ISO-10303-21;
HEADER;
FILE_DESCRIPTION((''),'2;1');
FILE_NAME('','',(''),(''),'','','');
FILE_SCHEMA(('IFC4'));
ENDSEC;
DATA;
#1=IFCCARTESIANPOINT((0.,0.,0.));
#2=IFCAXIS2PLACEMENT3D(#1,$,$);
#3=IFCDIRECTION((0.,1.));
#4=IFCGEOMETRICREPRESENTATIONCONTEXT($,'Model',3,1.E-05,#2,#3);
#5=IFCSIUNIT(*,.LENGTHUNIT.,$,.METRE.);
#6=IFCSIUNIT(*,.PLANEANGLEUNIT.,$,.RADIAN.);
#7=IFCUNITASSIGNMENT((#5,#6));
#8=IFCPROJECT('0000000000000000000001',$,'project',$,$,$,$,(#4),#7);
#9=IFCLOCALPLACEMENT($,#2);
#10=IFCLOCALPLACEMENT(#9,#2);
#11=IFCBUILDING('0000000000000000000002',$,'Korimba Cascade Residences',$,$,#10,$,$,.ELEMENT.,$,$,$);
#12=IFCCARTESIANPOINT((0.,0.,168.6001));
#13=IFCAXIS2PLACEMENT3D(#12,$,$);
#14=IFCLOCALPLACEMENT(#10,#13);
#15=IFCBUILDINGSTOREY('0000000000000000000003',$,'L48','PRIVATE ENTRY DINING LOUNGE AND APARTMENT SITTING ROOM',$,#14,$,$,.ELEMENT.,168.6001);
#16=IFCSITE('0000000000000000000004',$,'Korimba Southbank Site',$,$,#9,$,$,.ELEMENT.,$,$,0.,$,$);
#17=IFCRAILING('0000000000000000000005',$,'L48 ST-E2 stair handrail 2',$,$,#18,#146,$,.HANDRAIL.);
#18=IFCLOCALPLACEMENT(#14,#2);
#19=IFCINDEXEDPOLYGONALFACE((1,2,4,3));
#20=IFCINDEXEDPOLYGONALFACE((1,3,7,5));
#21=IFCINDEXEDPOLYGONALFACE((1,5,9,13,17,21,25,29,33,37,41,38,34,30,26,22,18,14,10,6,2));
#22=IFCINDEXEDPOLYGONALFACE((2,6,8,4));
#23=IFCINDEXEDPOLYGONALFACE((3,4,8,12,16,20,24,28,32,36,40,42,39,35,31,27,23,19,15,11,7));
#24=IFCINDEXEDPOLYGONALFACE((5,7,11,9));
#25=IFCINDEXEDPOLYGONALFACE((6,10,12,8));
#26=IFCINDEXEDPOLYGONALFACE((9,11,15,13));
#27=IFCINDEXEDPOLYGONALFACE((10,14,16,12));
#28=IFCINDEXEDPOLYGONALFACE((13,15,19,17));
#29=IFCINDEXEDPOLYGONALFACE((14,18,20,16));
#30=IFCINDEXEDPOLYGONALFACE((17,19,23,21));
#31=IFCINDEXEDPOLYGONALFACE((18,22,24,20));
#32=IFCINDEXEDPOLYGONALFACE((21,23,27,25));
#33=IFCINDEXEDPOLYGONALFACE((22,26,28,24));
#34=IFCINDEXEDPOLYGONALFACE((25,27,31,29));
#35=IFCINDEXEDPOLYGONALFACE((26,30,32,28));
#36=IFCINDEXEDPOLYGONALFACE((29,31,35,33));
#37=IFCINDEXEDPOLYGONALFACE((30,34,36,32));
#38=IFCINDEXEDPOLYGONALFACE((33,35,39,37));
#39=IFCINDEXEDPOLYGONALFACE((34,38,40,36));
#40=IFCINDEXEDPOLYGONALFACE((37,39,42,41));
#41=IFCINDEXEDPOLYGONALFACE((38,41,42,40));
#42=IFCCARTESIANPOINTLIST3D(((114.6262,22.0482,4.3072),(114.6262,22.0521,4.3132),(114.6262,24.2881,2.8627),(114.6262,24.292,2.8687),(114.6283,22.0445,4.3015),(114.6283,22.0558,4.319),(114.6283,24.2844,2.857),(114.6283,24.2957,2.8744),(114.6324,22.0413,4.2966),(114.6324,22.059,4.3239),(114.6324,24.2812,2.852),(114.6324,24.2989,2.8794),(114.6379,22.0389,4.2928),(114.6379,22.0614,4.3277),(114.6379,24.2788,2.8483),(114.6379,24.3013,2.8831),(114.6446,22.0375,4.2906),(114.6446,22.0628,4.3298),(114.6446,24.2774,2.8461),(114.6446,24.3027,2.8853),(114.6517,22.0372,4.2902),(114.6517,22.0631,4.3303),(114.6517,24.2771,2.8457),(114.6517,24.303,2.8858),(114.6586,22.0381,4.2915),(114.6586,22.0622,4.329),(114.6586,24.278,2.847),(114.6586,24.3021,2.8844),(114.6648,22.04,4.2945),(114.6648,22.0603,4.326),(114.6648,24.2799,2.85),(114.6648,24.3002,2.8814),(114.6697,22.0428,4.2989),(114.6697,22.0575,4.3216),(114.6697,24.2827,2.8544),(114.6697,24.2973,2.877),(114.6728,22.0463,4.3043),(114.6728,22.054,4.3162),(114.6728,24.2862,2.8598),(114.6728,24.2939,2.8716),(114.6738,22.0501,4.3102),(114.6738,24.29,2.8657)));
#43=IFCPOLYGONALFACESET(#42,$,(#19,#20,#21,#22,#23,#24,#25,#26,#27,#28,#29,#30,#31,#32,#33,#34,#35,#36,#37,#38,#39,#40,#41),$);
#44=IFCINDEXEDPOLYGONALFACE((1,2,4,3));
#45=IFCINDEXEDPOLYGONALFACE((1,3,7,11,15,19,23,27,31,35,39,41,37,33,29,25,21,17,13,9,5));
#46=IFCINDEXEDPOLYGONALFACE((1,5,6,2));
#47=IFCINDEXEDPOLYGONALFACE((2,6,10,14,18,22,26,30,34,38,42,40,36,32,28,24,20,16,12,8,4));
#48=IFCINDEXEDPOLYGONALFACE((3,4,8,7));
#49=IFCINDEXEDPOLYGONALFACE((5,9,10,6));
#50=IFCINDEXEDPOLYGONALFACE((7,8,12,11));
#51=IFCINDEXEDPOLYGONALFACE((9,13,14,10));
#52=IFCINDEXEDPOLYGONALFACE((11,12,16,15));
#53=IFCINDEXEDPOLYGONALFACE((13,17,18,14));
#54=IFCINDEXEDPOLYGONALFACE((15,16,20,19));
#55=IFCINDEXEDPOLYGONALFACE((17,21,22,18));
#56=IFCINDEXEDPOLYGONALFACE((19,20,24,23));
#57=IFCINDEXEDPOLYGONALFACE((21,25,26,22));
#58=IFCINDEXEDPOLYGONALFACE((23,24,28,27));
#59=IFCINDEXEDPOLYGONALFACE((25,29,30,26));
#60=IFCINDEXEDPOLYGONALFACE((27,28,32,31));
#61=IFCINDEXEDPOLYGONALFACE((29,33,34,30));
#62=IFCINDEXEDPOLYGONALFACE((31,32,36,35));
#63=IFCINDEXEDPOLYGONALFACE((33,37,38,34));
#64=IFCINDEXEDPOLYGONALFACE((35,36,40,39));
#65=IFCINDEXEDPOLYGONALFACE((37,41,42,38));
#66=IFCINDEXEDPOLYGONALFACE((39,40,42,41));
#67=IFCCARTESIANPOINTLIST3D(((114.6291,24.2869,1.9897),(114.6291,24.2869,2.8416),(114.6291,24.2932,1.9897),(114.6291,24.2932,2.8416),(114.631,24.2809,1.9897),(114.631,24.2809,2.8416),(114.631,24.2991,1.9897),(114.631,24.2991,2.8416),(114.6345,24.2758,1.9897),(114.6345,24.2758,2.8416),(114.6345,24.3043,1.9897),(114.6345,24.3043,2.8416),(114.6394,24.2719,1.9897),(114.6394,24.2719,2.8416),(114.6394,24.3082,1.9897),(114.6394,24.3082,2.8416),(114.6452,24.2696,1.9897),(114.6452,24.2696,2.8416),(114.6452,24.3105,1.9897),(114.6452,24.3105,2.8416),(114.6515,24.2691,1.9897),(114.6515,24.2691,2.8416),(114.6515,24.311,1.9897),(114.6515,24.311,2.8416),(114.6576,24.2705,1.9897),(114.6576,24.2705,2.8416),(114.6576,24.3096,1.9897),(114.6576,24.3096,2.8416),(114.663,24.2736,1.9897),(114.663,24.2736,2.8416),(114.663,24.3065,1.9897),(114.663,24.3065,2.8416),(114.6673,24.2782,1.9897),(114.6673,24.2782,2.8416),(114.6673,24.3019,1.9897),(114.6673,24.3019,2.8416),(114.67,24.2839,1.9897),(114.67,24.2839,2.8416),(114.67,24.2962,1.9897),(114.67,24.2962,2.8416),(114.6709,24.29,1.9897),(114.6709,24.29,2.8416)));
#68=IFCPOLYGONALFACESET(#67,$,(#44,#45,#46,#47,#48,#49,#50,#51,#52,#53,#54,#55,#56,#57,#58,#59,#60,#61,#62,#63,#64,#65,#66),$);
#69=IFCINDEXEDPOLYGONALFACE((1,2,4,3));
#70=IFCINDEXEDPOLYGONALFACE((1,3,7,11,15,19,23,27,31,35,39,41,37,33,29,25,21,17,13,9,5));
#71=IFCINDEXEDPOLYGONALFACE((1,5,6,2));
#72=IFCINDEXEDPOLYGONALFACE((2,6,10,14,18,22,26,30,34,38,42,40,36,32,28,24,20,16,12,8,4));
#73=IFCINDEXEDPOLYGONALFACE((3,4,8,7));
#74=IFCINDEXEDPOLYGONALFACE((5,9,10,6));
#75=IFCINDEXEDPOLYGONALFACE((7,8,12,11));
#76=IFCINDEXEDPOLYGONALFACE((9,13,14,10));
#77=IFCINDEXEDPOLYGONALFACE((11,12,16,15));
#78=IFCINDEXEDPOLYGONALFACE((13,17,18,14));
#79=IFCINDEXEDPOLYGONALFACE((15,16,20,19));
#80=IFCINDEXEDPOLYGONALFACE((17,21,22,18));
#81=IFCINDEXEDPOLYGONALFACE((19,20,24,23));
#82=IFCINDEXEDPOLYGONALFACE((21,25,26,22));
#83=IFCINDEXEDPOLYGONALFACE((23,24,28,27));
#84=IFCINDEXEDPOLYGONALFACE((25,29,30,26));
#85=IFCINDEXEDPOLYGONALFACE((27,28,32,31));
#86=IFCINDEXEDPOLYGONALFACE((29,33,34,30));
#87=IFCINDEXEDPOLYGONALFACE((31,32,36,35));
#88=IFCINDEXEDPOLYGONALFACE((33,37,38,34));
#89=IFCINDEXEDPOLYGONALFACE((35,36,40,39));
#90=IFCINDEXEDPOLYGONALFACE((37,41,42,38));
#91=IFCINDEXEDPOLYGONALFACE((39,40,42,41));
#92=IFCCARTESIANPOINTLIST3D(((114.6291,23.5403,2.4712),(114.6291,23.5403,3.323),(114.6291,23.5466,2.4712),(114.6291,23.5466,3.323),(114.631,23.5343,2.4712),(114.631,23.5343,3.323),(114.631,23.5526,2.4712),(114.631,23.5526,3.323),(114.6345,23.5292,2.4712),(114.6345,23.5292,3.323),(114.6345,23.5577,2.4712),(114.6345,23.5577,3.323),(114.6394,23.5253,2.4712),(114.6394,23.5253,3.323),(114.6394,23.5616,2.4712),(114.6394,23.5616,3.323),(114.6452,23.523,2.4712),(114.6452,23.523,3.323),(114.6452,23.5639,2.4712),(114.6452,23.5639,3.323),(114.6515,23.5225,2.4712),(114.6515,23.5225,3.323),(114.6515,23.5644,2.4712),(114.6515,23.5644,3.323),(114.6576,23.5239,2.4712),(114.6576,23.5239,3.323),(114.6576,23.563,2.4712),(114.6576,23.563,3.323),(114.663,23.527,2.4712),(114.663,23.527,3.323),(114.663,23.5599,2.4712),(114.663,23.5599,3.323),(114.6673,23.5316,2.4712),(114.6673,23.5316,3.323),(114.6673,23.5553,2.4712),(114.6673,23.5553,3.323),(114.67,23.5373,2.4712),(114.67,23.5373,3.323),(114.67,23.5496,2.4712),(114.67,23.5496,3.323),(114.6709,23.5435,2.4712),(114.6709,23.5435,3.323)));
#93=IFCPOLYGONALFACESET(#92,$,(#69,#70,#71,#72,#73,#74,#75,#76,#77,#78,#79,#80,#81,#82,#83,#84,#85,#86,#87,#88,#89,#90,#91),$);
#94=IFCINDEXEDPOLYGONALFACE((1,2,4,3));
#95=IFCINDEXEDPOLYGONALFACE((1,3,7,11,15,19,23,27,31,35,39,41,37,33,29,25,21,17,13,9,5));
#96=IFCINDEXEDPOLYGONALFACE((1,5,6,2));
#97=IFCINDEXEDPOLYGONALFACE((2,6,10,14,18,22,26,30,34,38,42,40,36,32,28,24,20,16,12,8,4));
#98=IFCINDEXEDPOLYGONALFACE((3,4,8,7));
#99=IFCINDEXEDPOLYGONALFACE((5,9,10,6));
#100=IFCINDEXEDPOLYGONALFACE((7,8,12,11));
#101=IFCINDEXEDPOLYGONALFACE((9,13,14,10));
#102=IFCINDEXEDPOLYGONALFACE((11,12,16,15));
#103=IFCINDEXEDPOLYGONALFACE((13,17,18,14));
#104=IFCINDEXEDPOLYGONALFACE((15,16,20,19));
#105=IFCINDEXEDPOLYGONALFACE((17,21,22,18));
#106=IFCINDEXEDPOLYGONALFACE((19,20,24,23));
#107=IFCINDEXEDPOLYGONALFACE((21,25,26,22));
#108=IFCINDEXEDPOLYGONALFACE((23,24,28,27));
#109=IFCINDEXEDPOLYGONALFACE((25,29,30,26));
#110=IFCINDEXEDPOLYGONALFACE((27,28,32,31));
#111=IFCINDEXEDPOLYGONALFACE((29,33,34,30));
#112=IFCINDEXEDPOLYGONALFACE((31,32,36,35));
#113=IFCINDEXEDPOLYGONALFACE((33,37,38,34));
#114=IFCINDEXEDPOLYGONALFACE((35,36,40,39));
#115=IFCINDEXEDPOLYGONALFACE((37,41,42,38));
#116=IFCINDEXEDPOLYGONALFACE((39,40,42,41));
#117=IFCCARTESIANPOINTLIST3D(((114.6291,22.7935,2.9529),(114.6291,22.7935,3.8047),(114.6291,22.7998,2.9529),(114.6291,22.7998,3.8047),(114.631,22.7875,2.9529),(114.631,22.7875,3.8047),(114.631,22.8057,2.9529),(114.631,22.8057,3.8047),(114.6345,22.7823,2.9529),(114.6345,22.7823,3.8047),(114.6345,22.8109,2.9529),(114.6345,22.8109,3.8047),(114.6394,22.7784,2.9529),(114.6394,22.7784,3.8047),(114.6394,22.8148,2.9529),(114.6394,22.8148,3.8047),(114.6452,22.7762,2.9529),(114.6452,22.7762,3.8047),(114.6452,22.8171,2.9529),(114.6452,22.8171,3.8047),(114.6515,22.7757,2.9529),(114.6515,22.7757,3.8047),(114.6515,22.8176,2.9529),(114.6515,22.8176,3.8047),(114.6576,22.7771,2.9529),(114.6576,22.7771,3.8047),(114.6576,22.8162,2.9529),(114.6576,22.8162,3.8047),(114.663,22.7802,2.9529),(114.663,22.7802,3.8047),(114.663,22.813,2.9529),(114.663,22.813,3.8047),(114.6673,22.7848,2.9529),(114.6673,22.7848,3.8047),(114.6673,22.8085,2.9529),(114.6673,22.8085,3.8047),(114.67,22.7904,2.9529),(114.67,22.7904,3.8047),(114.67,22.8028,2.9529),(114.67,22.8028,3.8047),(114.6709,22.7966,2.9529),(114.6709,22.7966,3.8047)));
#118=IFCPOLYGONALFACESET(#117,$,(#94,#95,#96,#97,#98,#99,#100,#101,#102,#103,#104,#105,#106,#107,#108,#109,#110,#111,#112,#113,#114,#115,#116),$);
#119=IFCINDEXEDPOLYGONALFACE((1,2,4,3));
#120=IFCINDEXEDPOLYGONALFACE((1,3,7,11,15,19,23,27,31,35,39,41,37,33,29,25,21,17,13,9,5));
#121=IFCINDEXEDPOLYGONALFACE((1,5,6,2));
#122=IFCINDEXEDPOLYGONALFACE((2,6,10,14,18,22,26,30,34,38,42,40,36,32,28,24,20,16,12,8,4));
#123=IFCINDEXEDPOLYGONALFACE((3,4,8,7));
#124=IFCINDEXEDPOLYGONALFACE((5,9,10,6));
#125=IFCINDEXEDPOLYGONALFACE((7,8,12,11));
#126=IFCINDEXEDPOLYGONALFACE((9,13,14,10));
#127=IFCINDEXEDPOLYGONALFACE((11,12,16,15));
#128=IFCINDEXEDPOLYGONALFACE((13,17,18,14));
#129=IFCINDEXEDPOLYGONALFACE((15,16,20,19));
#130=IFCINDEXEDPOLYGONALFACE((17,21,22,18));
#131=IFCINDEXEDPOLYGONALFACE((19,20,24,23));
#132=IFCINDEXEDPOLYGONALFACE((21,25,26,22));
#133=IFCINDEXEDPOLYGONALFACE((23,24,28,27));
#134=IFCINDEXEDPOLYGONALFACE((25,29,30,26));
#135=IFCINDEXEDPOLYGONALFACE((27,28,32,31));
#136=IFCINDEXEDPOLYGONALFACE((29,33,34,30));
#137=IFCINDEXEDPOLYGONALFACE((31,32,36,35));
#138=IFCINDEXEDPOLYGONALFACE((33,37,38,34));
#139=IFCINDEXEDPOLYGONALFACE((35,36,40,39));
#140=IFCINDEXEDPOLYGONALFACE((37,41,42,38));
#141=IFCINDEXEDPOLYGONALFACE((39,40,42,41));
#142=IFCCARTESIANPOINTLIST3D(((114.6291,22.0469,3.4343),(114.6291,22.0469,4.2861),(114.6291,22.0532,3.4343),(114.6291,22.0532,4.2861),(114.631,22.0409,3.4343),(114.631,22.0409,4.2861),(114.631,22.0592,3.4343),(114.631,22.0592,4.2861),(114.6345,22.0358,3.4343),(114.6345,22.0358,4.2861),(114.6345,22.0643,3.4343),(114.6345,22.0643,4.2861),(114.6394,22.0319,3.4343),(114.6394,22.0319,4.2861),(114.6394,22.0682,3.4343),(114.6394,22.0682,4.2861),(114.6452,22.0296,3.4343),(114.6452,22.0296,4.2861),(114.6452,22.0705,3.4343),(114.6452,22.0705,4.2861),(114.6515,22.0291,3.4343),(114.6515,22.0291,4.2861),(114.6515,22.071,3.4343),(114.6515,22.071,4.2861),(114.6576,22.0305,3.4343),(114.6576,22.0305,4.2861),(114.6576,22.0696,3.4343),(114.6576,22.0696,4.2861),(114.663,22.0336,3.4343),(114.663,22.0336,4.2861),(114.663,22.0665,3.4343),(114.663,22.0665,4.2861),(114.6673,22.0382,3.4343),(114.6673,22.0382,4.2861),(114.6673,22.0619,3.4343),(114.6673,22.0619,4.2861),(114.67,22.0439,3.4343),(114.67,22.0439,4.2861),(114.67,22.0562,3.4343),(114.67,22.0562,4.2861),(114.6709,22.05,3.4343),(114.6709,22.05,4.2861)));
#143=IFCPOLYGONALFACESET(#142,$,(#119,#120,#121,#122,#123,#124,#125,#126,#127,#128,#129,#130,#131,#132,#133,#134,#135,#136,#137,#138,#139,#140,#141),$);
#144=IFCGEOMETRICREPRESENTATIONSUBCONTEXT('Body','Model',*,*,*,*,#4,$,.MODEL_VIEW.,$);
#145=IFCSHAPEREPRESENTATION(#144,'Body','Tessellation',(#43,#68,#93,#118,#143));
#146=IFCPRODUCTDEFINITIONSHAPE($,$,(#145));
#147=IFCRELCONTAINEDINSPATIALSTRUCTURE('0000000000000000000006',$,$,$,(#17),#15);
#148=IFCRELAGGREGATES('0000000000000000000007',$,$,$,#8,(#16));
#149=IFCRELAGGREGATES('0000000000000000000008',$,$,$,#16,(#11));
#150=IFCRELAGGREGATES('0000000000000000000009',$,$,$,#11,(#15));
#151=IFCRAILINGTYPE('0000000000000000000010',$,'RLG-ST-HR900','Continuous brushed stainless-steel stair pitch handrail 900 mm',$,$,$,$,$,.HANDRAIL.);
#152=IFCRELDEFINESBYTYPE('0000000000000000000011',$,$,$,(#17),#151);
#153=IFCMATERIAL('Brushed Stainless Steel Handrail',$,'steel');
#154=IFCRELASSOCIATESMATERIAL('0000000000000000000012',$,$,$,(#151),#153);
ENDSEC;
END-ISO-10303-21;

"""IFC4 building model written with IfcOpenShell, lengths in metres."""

from ifc_helpers import new_model, si_unit, direction, frame, origin, origin_2d, place, context, subcontext, project, spatial, circle, extrude, material, type_object, element, save


model = new_model("IFC4")

# Units and contexts
model_context = context("Model", 3, precision=1e-05, world=origin(), true_north=direction((0.0, 1.0)))
body_context = subcontext(model_context, "Body", "Model", "MODEL_VIEW")
ifc_project = project(units=[si_unit("LENGTHUNIT", "METRE"), si_unit("PLANEANGLEUNIT", "RADIAN")], contexts=[model_context])

# Site, building, storey
site_placement = place(None, origin())
site = spatial("IfcSite", under=ifc_project, at=site_placement, Name="Korimba Southbank Site", CompositionType="ELEMENT", RefElevation=0.0)
building_placement = place(site_placement, origin())
building = spatial("IfcBuilding", under=site, at=building_placement, Name="Korimba Cascade Residences", CompositionType="ELEMENT")
storey_placement = place(building_placement, frame((0.0, 0.0, 168.6001)))
storey = spatial("IfcBuildingStorey", under=building, at=storey_placement, Name="L48", Description="PRIVATE ENTRY DINING LOUNGE AND APARTMENT SITTING ROOM", CompositionType="ELEMENT", Elevation=168.6001)

# Railing
ifc_material_1 = material(Name="Brushed Stainless Steel Handrail", Category="steel")
railing_type_1 = type_object("IfcRailingType", Name="RLG-ST-HR900", Description="Continuous brushed stainless-steel stair pitch handrail 900 mm", PredefinedType="HANDRAIL", material=ifc_material_1)
railing_1_placement = place(storey_placement, frame((114.6499, 24.29, 1.9897)))
element("IfcRailing", 1, at=railing_1_placement, inside=storey, type_object=railing_type_1, Name="L48 ST-E2 stair handrail 2", PredefinedType="HANDRAIL", context=body_context, shape_type="SweptSolid", body=[
    extrude(circle(Radius=0.0239, at=origin_2d()), frame((0.0, 0.0, 0.876), z_axis=(0.0, -0.840395, 0.541975), x_axis=(1.0, 0.0, 0.0)), (0.0, 0.0, 1.0), 2.6653),
    extrude(circle(Radius=0.021, at=origin_2d()), origin(), (0.0, 0.0, 1.0), 0.8518),
    extrude(circle(Radius=0.021, at=origin_2d()), frame((0.0, -0.7466, 0.4814)), (0.0, 0.0, 1.0), 0.8518),
    extrude(circle(Radius=0.021, at=origin_2d()), frame((0.0, -1.4934, 0.9631)), (0.0, 0.0, 1.0), 0.8518),
    extrude(circle(Radius=0.021, at=origin_2d()), frame((0.0, -2.24, 1.4446)), (0.0, 0.0, 1.0), 0.8518),
])

save(model, "model.ifc")
